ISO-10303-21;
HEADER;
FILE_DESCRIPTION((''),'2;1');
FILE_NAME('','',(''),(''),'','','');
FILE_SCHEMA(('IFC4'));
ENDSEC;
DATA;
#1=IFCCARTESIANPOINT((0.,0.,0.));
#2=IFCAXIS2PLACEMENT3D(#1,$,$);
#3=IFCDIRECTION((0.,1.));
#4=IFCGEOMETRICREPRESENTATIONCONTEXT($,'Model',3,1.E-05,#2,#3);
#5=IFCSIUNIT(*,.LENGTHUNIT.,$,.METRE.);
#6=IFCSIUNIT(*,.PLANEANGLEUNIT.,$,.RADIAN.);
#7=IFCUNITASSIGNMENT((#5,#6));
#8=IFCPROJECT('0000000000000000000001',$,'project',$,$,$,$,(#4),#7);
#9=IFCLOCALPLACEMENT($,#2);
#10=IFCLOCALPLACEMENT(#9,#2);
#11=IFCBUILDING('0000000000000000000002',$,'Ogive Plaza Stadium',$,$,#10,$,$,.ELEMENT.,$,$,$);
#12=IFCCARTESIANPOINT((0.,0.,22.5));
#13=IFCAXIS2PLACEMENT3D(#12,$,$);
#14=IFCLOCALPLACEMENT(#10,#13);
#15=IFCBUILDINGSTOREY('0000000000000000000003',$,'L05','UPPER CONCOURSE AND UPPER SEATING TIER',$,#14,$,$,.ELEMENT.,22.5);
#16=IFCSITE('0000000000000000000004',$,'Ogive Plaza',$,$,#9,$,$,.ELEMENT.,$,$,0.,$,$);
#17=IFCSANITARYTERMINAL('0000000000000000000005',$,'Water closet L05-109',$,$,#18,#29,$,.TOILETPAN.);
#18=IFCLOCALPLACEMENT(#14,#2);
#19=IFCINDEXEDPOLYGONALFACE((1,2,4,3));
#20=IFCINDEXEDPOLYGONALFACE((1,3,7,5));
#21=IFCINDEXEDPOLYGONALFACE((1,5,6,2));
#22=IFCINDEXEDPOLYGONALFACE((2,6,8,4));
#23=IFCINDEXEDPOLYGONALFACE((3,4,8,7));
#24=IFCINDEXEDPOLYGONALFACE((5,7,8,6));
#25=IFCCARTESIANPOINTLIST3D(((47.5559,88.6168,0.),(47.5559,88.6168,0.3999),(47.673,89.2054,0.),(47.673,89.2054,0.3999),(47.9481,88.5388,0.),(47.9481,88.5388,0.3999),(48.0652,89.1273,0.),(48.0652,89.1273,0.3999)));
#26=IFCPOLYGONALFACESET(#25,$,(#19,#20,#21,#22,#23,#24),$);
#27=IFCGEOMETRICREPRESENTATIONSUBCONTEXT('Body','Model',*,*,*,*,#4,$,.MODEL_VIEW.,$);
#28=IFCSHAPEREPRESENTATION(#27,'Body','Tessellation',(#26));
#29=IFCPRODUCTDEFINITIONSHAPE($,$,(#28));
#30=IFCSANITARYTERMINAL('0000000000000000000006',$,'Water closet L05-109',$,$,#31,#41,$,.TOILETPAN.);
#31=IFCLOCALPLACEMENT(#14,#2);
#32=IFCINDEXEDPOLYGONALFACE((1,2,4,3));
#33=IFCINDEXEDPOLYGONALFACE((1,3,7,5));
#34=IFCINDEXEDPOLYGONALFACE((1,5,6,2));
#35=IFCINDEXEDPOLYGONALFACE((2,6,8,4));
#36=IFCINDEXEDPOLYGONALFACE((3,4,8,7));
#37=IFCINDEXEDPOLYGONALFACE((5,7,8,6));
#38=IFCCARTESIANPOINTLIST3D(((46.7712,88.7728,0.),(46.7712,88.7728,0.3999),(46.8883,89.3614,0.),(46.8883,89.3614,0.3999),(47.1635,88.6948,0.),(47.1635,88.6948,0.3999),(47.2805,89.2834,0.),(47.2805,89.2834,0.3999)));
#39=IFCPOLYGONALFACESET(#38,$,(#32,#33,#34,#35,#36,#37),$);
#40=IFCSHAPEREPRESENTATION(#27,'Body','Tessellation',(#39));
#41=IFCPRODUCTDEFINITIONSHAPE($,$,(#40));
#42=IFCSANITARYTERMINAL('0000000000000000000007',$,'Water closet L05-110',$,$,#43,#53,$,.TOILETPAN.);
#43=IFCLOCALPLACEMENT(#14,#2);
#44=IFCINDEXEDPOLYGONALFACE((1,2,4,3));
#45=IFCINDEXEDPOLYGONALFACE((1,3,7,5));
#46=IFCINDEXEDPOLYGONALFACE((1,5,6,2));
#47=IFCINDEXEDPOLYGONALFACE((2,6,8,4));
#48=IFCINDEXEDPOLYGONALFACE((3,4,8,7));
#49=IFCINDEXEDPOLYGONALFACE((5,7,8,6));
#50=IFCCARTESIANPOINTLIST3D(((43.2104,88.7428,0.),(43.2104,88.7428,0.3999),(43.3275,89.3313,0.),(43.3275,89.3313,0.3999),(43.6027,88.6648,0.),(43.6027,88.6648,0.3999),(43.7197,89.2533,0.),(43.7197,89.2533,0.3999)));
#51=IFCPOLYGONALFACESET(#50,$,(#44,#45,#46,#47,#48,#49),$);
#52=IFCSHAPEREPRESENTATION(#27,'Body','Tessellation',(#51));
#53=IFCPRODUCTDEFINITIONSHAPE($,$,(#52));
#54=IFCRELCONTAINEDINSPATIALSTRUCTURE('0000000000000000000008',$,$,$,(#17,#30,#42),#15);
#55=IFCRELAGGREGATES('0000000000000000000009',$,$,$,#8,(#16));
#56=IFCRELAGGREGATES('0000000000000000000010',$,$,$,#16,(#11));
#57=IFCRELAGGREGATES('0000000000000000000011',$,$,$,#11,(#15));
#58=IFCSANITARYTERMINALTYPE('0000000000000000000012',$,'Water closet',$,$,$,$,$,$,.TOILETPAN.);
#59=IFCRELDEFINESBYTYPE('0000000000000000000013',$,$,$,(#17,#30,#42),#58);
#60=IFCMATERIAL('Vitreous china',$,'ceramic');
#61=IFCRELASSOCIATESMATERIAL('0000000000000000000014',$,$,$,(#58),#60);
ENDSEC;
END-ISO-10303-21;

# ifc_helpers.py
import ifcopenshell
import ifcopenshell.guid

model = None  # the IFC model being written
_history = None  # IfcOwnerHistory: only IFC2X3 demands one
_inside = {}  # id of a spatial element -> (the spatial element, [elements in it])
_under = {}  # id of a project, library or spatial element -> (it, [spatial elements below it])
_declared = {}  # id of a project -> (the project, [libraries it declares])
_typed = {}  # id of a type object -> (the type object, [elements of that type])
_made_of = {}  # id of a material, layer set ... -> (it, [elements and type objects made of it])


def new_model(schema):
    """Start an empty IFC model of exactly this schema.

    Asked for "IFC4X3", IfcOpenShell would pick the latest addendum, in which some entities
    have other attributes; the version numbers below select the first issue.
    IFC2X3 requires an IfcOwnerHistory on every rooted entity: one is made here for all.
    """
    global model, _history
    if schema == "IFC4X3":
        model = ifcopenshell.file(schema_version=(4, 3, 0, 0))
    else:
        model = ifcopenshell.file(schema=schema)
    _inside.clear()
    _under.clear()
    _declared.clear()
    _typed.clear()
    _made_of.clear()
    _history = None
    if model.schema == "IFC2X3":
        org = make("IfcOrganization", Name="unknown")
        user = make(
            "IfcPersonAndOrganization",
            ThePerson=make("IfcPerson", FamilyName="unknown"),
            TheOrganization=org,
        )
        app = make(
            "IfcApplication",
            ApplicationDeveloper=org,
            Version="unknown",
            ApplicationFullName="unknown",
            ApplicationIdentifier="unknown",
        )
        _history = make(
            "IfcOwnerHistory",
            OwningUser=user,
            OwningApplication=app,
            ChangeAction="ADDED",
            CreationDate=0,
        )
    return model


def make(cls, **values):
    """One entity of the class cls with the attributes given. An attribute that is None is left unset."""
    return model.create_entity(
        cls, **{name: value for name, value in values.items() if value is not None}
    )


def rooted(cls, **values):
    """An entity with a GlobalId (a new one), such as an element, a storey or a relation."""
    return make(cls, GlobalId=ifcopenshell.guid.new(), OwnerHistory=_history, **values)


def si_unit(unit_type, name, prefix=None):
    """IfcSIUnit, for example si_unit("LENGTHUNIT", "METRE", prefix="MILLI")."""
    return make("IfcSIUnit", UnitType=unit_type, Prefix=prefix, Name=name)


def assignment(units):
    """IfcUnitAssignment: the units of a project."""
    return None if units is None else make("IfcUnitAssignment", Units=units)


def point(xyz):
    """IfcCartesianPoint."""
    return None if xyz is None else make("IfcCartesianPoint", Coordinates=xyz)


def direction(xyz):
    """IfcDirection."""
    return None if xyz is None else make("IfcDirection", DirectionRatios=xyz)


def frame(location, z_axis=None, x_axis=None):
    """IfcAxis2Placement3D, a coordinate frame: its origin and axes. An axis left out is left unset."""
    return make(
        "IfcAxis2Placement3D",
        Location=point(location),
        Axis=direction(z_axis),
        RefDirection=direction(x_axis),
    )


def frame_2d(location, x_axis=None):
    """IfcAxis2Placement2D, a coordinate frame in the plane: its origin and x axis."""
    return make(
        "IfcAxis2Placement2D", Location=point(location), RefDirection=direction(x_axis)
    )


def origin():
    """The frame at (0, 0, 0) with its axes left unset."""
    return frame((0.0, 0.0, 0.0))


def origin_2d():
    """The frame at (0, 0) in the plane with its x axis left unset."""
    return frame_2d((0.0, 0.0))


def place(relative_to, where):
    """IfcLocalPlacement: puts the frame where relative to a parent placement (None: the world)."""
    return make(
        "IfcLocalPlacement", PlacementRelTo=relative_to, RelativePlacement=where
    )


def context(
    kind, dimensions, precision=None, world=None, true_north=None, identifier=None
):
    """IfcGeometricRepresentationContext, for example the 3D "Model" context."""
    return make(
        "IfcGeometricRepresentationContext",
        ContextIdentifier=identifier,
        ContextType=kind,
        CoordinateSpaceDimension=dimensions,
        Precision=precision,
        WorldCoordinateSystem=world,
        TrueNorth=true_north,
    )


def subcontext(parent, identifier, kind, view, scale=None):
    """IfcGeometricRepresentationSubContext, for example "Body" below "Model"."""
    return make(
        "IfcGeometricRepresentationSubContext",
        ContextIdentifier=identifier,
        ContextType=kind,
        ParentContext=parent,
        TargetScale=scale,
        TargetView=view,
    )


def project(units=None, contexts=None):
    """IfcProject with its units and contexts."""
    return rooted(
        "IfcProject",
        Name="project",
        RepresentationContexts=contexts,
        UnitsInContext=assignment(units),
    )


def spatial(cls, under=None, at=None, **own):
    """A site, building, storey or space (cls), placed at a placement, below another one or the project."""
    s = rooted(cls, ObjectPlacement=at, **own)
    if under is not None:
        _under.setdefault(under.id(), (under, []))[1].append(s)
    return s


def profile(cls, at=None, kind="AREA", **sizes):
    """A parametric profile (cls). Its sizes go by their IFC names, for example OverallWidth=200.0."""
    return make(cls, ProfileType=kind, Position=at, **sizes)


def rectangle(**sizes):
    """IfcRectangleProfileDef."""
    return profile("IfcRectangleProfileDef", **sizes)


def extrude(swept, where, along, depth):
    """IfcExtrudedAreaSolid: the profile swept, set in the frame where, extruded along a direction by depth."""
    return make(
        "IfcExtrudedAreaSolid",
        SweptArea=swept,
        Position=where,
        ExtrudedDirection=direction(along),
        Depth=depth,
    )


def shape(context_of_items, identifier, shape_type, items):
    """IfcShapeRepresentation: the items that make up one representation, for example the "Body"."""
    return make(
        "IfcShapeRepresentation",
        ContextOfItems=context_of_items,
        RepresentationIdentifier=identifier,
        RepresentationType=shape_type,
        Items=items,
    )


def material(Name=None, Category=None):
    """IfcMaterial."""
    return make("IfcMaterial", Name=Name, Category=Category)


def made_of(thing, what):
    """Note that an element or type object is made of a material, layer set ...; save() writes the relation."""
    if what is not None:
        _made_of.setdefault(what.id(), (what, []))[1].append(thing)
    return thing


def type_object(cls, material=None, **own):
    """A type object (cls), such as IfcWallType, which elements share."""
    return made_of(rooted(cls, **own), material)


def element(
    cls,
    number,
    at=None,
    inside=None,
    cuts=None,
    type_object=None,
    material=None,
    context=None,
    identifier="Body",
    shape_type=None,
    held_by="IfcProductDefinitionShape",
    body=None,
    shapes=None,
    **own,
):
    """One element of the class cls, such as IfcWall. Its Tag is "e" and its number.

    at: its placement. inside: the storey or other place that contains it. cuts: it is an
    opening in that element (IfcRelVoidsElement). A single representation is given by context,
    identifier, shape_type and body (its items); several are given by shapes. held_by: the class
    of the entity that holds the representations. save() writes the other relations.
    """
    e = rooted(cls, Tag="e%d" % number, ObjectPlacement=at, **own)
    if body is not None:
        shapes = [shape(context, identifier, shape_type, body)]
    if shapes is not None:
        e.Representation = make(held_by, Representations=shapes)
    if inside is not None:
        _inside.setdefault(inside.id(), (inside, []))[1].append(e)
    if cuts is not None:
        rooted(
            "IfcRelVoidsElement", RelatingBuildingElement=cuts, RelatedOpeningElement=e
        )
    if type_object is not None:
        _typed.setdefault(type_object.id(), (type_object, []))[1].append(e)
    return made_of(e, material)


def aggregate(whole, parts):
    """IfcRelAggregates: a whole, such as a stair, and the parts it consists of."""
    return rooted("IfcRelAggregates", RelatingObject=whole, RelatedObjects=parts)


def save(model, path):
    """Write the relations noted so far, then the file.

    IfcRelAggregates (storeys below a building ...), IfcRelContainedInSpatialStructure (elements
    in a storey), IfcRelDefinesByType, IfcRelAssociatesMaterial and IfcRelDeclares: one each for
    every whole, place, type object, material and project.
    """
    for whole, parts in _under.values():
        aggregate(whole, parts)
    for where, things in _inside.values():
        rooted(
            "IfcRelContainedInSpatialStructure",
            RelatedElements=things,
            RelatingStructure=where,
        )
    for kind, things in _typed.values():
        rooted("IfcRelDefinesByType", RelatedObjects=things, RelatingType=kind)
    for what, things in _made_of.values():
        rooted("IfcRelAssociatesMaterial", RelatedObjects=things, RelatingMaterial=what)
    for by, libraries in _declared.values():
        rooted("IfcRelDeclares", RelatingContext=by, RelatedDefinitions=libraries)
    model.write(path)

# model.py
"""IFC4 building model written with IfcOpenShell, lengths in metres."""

from ifc_helpers import new_model, si_unit, direction, frame, origin, origin_2d, place, context, subcontext, project, spatial, rectangle, extrude, material, type_object, element, save


model = new_model("IFC4")

# Units and contexts
model_context = context("Model", 3, precision=1e-05, world=origin(), true_north=direction((0.0, 1.0)))
body_context = subcontext(model_context, "Body", "Model", "MODEL_VIEW")
ifc_project = project(units=[si_unit("LENGTHUNIT", "METRE"), si_unit("PLANEANGLEUNIT", "RADIAN")], contexts=[model_context])

# Site, building, storey
site_placement = place(None, origin())
site = spatial("IfcSite", under=ifc_project, at=site_placement, Name="Ogive Plaza", CompositionType="ELEMENT", RefElevation=0.0)
building_placement = place(site_placement, origin())
building = spatial("IfcBuilding", under=site, at=building_placement, Name="Ogive Plaza Stadium", CompositionType="ELEMENT")
storey_placement = place(building_placement, frame((0.0, 0.0, 22.5)))
storey = spatial("IfcBuildingStorey", under=building, at=storey_placement, Name="L05", Description="UPPER CONCOURSE AND UPPER SEATING TIER", CompositionType="ELEMENT", Elevation=22.5)

# Sanitary terminals
ifc_material_1 = material(Name="Vitreous china", Category="ceramic")
sanitary_terminal_type_1 = type_object("IfcSanitaryTerminalType", Name="Water closet", PredefinedType="TOILETPAN", material=ifc_material_1)
for number, where, z_axis, x_axis, name in (
    (1, (47.8105, 88.8721, 0.0), (0.0, 0.0, 1.0), (-0.980785, 0.19509, 0.0), "Water closet L05-109"),
    (2, (47.0259, 89.0281, 0.0), (0.0, 0.0, 1.0), (-0.980785, 0.19509, 0.0), "Water closet L05-109"),
    (3, (43.4651, 88.998, 0.0), (0.0, 0.0, 1.0), (-0.980785, 0.19509, 0.0), "Water closet L05-110"),
):
    element("IfcSanitaryTerminal", number, at=place(storey_placement, frame(where, z_axis=z_axis, x_axis=x_axis)), inside=storey, type_object=sanitary_terminal_type_1, Name=name, PredefinedType="TOILETPAN", context=body_context, shape_type="SweptSolid", body=[
        extrude(rectangle(XDim=0.3999, YDim=0.6001, at=origin_2d()), origin(), (0.0, 0.0, 1.0), 0.3999),
    ])

save(model, "model.ifc")
